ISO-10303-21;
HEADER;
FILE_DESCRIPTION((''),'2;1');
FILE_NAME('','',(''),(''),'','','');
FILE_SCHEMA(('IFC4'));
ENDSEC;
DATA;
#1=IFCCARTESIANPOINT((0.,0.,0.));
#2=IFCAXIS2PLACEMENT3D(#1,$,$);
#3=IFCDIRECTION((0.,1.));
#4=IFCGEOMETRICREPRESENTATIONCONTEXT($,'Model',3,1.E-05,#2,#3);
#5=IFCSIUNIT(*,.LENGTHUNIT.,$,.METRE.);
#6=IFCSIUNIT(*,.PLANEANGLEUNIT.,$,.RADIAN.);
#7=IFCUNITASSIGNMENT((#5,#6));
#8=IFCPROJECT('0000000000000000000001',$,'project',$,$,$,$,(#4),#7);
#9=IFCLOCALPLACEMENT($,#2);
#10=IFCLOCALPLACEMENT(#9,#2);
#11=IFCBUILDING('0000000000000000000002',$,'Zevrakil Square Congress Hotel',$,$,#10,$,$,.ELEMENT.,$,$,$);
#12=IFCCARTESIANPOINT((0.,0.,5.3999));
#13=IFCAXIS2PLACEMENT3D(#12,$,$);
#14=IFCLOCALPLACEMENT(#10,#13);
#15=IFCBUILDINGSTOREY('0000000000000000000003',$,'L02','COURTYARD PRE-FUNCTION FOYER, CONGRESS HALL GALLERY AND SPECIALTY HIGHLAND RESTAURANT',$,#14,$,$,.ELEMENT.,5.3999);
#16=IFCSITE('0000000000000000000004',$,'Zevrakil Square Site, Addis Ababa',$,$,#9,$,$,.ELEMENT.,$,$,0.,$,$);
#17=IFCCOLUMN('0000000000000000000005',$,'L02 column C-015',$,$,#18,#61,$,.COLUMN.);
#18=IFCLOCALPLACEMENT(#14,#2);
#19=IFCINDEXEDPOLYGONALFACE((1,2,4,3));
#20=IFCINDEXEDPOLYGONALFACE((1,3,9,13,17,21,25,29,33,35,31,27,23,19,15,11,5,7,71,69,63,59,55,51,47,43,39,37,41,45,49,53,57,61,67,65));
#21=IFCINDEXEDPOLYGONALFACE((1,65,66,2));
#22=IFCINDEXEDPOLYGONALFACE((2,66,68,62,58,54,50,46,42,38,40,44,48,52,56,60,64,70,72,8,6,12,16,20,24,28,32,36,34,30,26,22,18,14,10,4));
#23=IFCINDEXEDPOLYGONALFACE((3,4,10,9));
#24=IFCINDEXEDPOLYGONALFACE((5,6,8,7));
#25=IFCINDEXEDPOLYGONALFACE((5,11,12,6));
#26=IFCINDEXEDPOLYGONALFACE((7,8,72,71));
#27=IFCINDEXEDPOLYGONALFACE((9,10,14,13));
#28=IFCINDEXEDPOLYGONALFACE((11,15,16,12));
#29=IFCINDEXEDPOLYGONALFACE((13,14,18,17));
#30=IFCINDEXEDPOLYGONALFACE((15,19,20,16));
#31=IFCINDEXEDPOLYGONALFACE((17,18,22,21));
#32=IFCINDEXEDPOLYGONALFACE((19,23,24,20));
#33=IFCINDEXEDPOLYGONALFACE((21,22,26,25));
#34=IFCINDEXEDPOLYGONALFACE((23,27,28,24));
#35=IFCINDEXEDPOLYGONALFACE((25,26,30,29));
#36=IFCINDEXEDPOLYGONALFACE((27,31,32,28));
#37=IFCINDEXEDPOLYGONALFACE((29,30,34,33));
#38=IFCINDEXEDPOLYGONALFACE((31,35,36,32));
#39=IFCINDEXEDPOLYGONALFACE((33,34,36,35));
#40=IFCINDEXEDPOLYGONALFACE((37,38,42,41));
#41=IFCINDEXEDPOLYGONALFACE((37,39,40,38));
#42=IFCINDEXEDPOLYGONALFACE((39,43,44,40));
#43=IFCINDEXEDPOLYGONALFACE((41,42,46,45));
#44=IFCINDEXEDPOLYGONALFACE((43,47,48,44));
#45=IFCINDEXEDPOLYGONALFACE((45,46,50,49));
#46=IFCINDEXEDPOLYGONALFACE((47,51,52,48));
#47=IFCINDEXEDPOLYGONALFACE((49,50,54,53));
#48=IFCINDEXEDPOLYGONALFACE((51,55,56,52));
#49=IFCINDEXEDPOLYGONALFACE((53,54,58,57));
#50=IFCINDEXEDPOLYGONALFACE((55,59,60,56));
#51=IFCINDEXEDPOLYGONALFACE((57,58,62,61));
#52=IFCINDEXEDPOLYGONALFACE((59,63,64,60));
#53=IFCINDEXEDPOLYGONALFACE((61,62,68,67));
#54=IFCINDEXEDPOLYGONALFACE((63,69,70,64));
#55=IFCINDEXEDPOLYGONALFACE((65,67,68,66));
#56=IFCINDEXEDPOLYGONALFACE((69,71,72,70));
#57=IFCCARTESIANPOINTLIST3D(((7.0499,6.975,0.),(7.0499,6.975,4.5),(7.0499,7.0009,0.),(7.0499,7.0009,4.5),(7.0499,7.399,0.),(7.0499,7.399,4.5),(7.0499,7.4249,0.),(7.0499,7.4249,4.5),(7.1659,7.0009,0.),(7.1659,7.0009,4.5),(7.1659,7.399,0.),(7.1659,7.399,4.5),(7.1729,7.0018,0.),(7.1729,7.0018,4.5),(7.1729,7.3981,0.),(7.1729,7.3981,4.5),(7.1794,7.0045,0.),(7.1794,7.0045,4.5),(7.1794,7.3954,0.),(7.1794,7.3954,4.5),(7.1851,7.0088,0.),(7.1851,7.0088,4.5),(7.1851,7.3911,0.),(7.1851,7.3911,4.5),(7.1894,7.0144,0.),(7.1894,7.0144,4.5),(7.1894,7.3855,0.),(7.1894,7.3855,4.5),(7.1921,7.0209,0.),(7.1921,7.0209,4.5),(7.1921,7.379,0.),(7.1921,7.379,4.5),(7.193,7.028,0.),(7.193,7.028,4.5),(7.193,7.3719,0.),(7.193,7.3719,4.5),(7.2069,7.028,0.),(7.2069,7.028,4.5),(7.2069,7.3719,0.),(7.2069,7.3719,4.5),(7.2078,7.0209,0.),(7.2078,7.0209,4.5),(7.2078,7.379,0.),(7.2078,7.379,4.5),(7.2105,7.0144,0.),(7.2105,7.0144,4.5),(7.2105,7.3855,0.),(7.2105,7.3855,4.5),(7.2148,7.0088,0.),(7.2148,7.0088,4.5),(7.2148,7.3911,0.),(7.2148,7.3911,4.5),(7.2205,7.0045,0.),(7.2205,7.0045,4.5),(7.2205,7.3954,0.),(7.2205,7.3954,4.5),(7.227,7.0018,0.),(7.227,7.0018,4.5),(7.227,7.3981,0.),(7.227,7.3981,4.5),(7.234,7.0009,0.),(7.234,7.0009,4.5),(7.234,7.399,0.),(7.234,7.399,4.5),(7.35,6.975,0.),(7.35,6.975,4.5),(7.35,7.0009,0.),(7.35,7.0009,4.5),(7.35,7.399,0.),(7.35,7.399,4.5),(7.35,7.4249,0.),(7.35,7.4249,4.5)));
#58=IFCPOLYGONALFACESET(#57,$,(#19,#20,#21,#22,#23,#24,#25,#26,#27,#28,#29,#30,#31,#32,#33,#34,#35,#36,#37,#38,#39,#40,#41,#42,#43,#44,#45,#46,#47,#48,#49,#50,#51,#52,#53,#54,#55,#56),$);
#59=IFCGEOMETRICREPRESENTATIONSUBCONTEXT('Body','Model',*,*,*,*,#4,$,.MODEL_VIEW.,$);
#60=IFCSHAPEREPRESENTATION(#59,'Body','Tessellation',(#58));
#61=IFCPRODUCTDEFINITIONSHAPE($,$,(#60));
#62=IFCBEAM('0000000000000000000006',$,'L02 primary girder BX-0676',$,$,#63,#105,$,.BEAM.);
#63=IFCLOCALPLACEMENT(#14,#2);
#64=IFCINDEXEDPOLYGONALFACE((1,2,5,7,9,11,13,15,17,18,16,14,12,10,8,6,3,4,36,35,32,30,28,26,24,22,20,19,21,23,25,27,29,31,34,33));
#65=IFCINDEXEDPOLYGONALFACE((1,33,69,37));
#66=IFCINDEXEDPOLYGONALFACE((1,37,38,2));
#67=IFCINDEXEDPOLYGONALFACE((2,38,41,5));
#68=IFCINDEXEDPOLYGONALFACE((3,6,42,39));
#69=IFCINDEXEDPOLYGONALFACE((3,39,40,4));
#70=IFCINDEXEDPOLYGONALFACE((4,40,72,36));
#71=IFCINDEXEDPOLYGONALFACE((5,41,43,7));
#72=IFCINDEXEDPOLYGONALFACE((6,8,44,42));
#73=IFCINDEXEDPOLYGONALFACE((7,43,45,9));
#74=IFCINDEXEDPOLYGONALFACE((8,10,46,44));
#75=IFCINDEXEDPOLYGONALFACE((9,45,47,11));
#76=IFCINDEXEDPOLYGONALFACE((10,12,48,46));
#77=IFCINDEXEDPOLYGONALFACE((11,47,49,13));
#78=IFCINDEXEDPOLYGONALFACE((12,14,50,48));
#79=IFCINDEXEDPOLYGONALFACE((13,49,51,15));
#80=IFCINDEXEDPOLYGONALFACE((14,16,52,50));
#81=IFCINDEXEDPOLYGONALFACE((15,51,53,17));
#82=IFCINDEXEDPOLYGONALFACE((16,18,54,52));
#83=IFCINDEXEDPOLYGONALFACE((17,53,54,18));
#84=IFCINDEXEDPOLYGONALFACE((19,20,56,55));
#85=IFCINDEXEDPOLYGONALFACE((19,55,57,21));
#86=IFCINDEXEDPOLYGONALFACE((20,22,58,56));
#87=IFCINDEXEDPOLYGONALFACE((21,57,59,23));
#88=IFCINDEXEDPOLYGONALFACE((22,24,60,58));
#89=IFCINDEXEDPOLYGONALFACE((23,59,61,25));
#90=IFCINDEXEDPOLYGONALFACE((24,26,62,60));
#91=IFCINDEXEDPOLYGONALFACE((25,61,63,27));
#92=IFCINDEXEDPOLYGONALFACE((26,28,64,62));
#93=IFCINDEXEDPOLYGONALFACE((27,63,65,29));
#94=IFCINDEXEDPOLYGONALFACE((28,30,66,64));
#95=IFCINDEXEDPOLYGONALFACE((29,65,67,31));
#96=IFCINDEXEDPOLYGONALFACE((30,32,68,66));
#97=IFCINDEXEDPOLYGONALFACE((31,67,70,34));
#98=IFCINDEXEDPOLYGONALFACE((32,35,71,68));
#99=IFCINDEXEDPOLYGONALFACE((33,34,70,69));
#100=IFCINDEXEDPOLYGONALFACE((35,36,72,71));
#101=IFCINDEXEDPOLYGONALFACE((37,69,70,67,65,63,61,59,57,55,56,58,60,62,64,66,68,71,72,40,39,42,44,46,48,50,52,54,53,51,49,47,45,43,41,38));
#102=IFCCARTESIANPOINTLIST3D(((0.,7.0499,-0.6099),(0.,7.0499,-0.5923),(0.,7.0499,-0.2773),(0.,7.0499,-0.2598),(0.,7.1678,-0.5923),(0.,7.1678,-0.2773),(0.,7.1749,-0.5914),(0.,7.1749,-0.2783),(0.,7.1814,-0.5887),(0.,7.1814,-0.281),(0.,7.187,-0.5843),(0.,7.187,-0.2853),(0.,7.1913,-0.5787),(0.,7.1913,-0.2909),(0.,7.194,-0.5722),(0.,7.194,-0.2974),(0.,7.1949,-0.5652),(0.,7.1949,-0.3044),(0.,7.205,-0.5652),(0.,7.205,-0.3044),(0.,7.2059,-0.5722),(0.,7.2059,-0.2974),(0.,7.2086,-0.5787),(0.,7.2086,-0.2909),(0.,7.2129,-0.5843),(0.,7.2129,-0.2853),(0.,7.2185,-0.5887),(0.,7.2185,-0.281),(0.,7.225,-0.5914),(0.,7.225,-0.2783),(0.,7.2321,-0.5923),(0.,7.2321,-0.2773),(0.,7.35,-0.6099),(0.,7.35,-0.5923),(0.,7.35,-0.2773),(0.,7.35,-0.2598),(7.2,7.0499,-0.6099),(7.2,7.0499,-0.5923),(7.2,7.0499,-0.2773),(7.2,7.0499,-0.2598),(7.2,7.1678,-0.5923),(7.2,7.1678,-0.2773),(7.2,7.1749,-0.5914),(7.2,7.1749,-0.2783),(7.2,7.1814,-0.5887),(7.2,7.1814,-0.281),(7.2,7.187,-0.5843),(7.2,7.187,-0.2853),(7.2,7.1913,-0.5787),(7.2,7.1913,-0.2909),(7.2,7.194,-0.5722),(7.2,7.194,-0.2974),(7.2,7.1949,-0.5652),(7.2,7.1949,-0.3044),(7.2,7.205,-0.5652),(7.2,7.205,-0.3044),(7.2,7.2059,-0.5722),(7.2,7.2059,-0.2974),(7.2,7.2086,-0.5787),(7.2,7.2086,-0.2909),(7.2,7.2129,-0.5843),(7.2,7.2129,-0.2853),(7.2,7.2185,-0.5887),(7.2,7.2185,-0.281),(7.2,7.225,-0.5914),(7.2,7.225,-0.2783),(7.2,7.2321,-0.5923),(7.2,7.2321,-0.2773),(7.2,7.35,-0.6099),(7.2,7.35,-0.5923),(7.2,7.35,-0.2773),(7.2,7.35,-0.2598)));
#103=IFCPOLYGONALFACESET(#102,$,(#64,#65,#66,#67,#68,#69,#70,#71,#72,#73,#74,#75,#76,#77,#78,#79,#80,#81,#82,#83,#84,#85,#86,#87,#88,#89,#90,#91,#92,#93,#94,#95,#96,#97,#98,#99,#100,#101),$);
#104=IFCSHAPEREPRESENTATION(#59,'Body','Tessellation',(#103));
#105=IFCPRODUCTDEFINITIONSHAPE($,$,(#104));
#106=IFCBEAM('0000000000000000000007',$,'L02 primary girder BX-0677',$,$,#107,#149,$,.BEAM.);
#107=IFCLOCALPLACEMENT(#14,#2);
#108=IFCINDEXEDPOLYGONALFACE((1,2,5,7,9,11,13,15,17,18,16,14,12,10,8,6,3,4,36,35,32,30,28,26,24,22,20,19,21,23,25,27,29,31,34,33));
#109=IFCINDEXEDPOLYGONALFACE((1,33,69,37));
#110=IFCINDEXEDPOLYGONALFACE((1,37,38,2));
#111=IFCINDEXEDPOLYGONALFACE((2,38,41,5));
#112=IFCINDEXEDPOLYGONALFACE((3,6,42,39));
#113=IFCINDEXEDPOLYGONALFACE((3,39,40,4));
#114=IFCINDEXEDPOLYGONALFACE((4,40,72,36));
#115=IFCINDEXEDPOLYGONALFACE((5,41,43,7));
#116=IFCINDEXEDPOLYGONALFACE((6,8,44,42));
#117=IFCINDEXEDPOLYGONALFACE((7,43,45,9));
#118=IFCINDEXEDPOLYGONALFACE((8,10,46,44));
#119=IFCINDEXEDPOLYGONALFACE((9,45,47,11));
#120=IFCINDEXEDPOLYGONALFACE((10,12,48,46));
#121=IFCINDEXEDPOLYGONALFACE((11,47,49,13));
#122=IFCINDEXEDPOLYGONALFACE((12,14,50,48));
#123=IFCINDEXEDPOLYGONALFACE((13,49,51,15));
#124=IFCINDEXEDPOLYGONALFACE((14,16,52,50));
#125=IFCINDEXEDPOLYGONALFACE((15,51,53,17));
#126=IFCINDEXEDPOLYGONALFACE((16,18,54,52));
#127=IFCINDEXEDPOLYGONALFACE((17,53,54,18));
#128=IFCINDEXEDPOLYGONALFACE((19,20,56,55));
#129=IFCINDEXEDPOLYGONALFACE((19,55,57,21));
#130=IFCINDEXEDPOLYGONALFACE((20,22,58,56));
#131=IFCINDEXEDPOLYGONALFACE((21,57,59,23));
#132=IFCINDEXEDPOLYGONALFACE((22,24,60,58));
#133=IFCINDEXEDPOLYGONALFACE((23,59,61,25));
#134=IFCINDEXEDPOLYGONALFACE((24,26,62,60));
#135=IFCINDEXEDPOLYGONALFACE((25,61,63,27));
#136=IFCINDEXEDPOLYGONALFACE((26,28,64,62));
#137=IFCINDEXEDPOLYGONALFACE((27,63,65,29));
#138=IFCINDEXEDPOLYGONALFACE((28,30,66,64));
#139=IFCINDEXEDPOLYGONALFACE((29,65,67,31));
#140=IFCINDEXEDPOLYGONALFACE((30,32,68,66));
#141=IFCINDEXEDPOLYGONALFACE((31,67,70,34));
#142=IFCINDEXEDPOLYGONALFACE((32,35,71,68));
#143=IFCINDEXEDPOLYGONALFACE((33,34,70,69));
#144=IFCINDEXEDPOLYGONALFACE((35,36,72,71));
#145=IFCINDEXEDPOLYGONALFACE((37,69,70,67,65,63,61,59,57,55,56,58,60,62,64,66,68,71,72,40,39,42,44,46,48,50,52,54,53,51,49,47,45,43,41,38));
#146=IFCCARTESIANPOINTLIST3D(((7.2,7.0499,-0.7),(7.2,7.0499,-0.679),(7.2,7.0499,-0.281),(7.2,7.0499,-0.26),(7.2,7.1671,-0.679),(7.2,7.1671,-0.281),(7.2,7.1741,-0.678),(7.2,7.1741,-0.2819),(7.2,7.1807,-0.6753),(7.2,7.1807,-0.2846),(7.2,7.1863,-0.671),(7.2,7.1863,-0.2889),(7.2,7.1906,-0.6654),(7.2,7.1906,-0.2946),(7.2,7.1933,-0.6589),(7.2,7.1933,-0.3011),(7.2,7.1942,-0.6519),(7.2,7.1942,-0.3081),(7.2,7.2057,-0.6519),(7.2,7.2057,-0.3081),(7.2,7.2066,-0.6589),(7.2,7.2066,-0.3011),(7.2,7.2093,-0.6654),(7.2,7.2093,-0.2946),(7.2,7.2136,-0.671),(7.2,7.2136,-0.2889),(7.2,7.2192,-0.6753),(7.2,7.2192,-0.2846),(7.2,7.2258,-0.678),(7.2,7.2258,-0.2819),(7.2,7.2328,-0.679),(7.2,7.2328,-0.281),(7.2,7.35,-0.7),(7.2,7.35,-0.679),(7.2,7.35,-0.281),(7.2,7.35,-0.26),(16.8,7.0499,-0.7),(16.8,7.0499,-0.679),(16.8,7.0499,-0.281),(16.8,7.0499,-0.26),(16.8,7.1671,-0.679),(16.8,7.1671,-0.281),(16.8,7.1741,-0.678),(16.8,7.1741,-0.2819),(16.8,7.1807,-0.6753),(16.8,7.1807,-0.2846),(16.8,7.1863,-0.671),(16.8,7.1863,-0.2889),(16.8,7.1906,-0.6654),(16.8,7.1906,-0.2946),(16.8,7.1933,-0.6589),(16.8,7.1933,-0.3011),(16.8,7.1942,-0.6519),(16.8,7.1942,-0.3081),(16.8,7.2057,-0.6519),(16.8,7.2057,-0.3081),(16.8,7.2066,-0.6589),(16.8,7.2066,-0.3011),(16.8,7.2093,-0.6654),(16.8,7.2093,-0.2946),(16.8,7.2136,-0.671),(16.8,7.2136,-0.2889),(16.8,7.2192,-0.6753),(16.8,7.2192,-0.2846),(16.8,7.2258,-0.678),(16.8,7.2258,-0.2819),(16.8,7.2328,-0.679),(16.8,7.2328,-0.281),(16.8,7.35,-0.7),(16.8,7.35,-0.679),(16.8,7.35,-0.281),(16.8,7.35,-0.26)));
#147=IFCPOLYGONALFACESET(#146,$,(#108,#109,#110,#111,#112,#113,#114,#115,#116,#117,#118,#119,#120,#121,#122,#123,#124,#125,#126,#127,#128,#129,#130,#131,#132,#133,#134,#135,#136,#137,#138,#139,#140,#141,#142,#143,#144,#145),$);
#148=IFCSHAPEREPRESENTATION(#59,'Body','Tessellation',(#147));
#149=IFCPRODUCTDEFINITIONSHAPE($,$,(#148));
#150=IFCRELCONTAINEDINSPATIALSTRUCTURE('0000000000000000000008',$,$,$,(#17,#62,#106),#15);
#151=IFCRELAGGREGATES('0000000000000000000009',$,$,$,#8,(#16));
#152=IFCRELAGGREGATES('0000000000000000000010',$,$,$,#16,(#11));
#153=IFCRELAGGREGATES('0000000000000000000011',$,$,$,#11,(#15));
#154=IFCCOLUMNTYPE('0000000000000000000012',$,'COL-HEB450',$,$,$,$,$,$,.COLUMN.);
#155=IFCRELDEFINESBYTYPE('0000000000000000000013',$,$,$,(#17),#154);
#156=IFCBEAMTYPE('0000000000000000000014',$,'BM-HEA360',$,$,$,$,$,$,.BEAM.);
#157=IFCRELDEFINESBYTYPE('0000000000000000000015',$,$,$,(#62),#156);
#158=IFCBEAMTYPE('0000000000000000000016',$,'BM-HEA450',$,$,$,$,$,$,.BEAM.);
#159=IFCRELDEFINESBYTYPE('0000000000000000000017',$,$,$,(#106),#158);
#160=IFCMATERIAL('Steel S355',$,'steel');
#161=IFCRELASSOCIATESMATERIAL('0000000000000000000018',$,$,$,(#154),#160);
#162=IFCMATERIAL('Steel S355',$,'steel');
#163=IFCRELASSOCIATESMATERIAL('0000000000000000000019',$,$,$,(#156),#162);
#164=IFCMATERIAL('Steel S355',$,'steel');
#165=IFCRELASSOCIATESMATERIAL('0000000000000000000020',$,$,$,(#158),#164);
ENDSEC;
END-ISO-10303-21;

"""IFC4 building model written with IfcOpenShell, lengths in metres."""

from ifc_helpers import new_model, si_unit, direction, frame, origin, origin_2d, place, context, subcontext, project, spatial, i_section, extrude, material, material_profile, profile_set, type_object, element, save


model = new_model("IFC4")

# Units and contexts
model_context = context("Model", 3, precision=1e-05, world=origin(), true_north=direction((0.0, 1.0)))
body_context = subcontext(model_context, "Body", "Model", "MODEL_VIEW")
ifc_project = project(units=[si_unit("LENGTHUNIT", "METRE"), si_unit("PLANEANGLEUNIT", "RADIAN")], contexts=[model_context])

# Site, building, storey
site_placement = place(None, origin())
site = spatial("IfcSite", under=ifc_project, at=site_placement, Name="Zevrakil Square Site, Addis Ababa", CompositionType="ELEMENT", RefElevation=0.0)
building_placement = place(site_placement, origin())
building = spatial("IfcBuilding", under=site, at=building_placement, Name="Zevrakil Square Congress Hotel", CompositionType="ELEMENT")
storey_placement = place(building_placement, frame((0.0, 0.0, 5.3999)))
storey = spatial("IfcBuildingStorey", under=building, at=storey_placement, Name="L02", Description="COURTYARD PRE-FUNCTION FOYER, CONGRESS HALL GALLERY AND SPECIALTY HIGHLAND RESTAURANT", CompositionType="ELEMENT", Elevation=5.3999)

# Column
ifc_material_1 = material(Name="Steel S355", Category="steel")
ifc_material_profile_1 = material_profile(ifc_material_1, i_section(OverallWidth=0.3, OverallDepth=0.45, WebThickness=0.0139, FlangeThickness=0.0259, FilletRadius=0.0271, at=origin_2d()), Name="HEB 450")
ifc_profile_set_1 = profile_set([ifc_material_profile_1], Name="Steel S355")
column_type = type_object("IfcColumnType", Name="COL-HEB450", PredefinedType="COLUMN", material=ifc_profile_set_1)
column_placement = place(storey_placement, frame((7.2, 7.2, 0.0), z_axis=(0.0, 0.0, 1.0), x_axis=(1.0, 0.0, 0.0)))
element("IfcColumn", 1, at=column_placement, inside=storey, type_object=column_type, Name="L02 column C-015", PredefinedType="COLUMN", context=body_context, shape_type="SweptSolid", body=[
    extrude(i_section(OverallWidth=0.3, OverallDepth=0.45, WebThickness=0.0139, FlangeThickness=0.0259, FilletRadius=0.0271, at=origin_2d()), origin(), (0.0, 0.0, 1.0), 4.5),
])

# Beams
ifc_material_2 = material(Name="Steel S355", Category="steel")
ifc_material_profile_2 = material_profile(ifc_material_2, i_section(OverallWidth=0.3, OverallDepth=0.3501, WebThickness=0.01, FlangeThickness=0.0176, FilletRadius=0.0271, at=origin_2d()), Name="HEA 360")
ifc_profile_set_2 = profile_set([ifc_material_profile_2], Name="Steel S355")
beam_type_1 = type_object("IfcBeamType", Name="BM-HEA360", PredefinedType="BEAM", material=ifc_profile_set_2)
beam_1_placement = place(storey_placement, frame((0.0, 7.2, -0.4348), z_axis=(1.0, 0.0, 0.0), x_axis=(0.0, 1.0, 0.0)))
element("IfcBeam", 2, at=beam_1_placement, inside=storey, type_object=beam_type_1, Name="L02 primary girder BX-0676", PredefinedType="BEAM", context=body_context, shape_type="SweptSolid", body=[
    extrude(i_section(OverallWidth=0.3, OverallDepth=0.3501, WebThickness=0.01, FlangeThickness=0.0176, FilletRadius=0.0271, at=origin_2d()), origin(), (0.0, 0.0, 1.0), 7.2),
])
ifc_material_3 = material(Name="Steel S355", Category="steel")
ifc_material_profile_3 = material_profile(ifc_material_3, i_section(OverallWidth=0.3, OverallDepth=0.4399, WebThickness=0.0115, FlangeThickness=0.021, FilletRadius=0.0271, at=origin_2d()), Name="HEA 450")
ifc_profile_set_3 = profile_set([ifc_material_profile_3], Name="Steel S355")
beam_type_2 = type_object("IfcBeamType", Name="BM-HEA450", PredefinedType="BEAM", material=ifc_profile_set_3)
beam_2_placement = place(storey_placement, frame((7.2, 7.2, -0.48), z_axis=(1.0, 0.0, 0.0), x_axis=(0.0, 1.0, 0.0)))
element("IfcBeam", 3, at=beam_2_placement, inside=storey, type_object=beam_type_2, Name="L02 primary girder BX-0677", PredefinedType="BEAM", context=body_context, shape_type="SweptSolid", body=[
    extrude(i_section(OverallWidth=0.3, OverallDepth=0.4399, WebThickness=0.0115, FlangeThickness=0.021, FilletRadius=0.0271, at=origin_2d()), origin(), (0.0, 0.0, 1.0), 9.6001),
])

save(model, "model.ifc")
